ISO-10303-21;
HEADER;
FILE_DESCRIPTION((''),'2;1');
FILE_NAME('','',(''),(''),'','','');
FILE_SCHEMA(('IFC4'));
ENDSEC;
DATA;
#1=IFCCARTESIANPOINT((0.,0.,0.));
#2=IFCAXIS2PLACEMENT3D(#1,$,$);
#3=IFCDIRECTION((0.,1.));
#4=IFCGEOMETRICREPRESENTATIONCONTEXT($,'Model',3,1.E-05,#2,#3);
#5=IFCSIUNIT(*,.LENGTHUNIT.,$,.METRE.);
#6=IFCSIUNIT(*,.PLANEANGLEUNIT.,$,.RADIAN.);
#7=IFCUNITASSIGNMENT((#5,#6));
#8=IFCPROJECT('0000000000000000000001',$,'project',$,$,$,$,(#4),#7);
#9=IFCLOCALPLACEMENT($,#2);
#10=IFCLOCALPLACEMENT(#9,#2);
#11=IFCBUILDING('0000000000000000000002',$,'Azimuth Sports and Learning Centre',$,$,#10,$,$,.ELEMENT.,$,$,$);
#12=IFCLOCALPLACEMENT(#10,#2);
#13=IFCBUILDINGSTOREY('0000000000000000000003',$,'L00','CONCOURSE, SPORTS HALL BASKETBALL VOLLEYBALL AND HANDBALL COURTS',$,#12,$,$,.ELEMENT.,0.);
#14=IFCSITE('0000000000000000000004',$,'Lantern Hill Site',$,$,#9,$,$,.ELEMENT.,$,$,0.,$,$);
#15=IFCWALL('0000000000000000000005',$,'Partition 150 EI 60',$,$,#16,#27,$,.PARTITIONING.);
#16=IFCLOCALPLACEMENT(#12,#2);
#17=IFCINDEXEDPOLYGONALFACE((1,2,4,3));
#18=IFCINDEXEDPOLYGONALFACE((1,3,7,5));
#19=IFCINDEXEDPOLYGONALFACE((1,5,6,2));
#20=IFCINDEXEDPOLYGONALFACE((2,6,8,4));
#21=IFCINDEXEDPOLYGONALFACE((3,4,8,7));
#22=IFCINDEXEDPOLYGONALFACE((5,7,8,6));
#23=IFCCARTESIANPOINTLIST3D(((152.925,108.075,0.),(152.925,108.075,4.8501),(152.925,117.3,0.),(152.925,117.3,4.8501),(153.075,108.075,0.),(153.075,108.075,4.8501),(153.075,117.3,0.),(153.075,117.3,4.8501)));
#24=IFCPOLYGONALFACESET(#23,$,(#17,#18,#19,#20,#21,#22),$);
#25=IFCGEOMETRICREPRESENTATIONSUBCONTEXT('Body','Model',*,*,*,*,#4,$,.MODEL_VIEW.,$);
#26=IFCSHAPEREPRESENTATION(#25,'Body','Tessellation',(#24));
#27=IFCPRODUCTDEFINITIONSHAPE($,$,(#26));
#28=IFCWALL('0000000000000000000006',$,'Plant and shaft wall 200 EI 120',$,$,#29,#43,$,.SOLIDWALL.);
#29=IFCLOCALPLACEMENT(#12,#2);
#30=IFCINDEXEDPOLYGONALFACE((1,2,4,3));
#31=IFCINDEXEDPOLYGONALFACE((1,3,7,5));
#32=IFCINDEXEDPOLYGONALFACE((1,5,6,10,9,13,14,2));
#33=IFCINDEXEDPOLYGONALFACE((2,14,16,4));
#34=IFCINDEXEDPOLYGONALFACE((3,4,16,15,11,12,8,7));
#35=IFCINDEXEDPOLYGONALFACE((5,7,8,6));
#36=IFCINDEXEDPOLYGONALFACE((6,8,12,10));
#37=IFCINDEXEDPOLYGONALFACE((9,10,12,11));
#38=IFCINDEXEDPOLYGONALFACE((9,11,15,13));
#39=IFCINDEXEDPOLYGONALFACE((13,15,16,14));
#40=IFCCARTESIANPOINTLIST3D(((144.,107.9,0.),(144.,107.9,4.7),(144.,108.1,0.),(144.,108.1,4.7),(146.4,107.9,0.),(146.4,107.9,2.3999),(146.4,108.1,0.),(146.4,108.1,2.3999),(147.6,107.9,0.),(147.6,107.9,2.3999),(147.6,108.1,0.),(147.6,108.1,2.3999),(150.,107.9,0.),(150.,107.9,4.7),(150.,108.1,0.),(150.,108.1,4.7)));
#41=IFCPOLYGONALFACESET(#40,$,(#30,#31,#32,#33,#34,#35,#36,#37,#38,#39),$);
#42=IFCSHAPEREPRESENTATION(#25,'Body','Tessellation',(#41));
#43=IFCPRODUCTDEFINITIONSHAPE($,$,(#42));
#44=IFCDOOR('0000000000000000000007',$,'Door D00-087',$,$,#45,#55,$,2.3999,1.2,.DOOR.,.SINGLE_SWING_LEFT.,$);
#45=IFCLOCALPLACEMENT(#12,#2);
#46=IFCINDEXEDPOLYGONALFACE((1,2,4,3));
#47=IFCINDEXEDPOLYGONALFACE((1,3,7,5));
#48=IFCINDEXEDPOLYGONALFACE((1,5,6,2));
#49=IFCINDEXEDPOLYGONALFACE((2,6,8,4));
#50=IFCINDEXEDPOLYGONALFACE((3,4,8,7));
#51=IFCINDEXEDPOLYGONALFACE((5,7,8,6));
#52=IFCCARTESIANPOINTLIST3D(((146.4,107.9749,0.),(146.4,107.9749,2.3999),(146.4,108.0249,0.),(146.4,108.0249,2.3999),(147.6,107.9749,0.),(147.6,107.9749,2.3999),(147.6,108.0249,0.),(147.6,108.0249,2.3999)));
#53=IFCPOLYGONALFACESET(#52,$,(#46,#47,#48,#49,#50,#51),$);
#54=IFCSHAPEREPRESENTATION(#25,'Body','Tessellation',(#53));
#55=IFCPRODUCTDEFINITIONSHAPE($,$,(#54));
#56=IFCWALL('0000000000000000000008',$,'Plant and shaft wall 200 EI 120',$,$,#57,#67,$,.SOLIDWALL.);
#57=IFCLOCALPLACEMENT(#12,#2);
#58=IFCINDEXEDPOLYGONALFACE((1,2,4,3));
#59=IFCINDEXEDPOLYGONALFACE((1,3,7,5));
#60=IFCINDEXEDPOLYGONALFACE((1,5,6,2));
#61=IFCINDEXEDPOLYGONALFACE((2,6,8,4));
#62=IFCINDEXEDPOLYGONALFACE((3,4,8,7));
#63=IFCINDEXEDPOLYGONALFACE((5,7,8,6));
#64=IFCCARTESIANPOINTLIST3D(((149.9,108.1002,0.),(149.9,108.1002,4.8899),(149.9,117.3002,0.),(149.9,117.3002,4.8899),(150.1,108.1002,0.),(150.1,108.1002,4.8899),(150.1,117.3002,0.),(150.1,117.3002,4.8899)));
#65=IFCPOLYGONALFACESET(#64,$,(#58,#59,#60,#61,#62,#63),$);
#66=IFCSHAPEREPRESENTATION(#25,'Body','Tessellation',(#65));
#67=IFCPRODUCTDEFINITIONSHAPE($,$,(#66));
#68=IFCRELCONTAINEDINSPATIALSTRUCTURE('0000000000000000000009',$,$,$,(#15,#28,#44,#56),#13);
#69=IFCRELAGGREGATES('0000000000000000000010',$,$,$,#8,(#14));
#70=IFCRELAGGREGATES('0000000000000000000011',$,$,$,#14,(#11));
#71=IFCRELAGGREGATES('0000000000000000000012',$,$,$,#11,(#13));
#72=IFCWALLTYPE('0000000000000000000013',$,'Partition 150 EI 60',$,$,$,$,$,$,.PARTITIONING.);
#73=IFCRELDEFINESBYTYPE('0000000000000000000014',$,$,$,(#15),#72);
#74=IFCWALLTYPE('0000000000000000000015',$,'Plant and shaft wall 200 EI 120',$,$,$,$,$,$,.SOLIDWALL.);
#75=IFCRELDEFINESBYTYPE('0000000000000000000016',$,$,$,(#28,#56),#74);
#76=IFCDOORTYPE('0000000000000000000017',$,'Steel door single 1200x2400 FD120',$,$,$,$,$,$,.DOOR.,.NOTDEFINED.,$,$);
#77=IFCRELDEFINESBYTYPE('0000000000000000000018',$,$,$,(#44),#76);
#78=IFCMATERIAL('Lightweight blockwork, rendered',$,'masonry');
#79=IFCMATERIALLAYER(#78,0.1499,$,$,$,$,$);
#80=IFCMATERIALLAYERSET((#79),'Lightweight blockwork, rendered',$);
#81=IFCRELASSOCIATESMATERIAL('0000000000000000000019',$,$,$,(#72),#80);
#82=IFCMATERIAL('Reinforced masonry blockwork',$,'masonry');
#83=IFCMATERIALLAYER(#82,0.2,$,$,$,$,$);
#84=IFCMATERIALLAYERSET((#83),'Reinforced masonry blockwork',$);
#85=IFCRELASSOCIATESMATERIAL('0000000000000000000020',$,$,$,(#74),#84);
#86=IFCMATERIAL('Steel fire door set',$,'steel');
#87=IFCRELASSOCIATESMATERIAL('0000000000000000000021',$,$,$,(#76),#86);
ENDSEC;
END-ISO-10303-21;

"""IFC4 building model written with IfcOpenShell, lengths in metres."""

from ifc_helpers import new_model, si_unit, direction, frame, frame_2d, origin, place, context, subcontext, project, spatial, rectangle, extrude, material, layer, layer_set, type_object, element, fill, save


model = new_model("IFC4")

# Units and contexts
model_context = context("Model", 3, precision=1e-05, world=origin(), true_north=direction((0.0, 1.0)))
body_context = subcontext(model_context, "Body", "Model", "MODEL_VIEW")
ifc_project = project(units=[si_unit("LENGTHUNIT", "METRE"), si_unit("PLANEANGLEUNIT", "RADIAN")], contexts=[model_context])

# Site, building, storey
site_placement = place(None, origin())
site = spatial("IfcSite", under=ifc_project, at=site_placement, Name="Lantern Hill Site", CompositionType="ELEMENT", RefElevation=0.0)
building_placement = place(site_placement, origin())
building = spatial("IfcBuilding", under=site, at=building_placement, Name="Azimuth Sports and Learning Centre", CompositionType="ELEMENT")
storey_placement = place(building_placement, origin())
storey = spatial("IfcBuildingStorey", under=building, at=storey_placement, Name="L00", Description="CONCOURSE, SPORTS HALL BASKETBALL VOLLEYBALL AND HANDBALL COURTS", CompositionType="ELEMENT", Elevation=0.0)

# Shared definitions
ifc_material_1 = material(Name="Lightweight blockwork, rendered", Category="masonry")
ifc_layer_1 = layer(ifc_material_1, 0.1499)
ifc_layer_set_1 = layer_set([ifc_layer_1], Name="Lightweight blockwork, rendered")
wall_type_1 = type_object("IfcWallType", Name="Partition 150 EI 60", PredefinedType="PARTITIONING", material=ifc_layer_set_1)

# Wall
wall_1_placement = place(storey_placement, frame((153.0, 108.075, 0.0), z_axis=(0.0, 0.0, 1.0), x_axis=(0.0, 1.0, 0.0)))
element("IfcWall", 1, at=wall_1_placement, inside=storey, type_object=wall_type_1, Name="Partition 150 EI 60", PredefinedType="PARTITIONING", context=body_context, shape_type="SweptSolid", body=[
    extrude(rectangle(XDim=9.2251, YDim=0.1499, at=frame_2d((4.6125, 0.0))), origin(), (0.0, 0.0, 1.0), 4.8501),
])

# Wall, opening, door
ifc_material_2 = material(Name="Reinforced masonry blockwork", Category="masonry")
ifc_layer_2 = layer(ifc_material_2, 0.2)
ifc_layer_set_2 = layer_set([ifc_layer_2], Name="Reinforced masonry blockwork")
wall_type_2 = type_object("IfcWallType", Name="Plant and shaft wall 200 EI 120", PredefinedType="SOLIDWALL", material=ifc_layer_set_2)
wall_2_placement = place(storey_placement, frame((144.0, 108.0, 0.0), z_axis=(0.0, 0.0, 1.0), x_axis=(1.0, 0.0, 0.0)))
wall_2 = element("IfcWall", 2, at=wall_2_placement, inside=storey, type_object=wall_type_2, Name="Plant and shaft wall 200 EI 120", PredefinedType="SOLIDWALL", context=body_context, shape_type="SweptSolid", body=[
    extrude(rectangle(XDim=6.0, YDim=0.2, at=frame_2d((3.0, 0.0))), origin(), (0.0, 0.0, 1.0), 4.7),
])
opening_1_placement = place(wall_2_placement, frame((2.3999, 0.0, 0.0)))
opening_1 = element("IfcOpeningElement", 3, at=opening_1_placement, cuts=wall_2, PredefinedType="OPENING", context=body_context, shape_type="SweptSolid", body=[
    extrude(rectangle(XDim=1.2, YDim=2.3999, at=frame_2d((0.6001, 1.2))), frame((0.0, 0.1108, 0.0), z_axis=(0.0, -1.0, 0.0), x_axis=(1.0, 0.0, 0.0)), (0.0, 0.0, 1.0), 0.2219),
])
ifc_material_3 = material(Name="Steel fire door set", Category="steel")
door_type_1 = type_object("IfcDoorType", Name="Steel door single 1200x2400 FD120", OperationType="NOTDEFINED", PredefinedType="DOOR", material=ifc_material_3)
door_1_placement = place(opening_1_placement, origin())
door_1 = element("IfcDoor", 4, at=door_1_placement, inside=storey, type_object=door_type_1, Name="Door D00-087", OperationType="SINGLE_SWING_LEFT", OverallHeight=2.3999, OverallWidth=1.2, PredefinedType="DOOR", context=body_context, shape_type="SweptSolid", body=[
    extrude(rectangle(XDim=1.2, YDim=2.3999, at=frame_2d((0.6001, 1.2))), frame((0.0, 0.0249, 0.0), z_axis=(0.0, -1.0, 0.0), x_axis=(1.0, 0.0, 0.0)), (0.0, 0.0, 1.0), 0.05),
])
fill(opening_1, door_1)

# Wall
wall_3_placement = place(storey_placement, frame((150.0, 108.1001, 0.0), z_axis=(0.0, 0.0, 1.0), x_axis=(0.0, 1.0, 0.0)))
element("IfcWall", 5, at=wall_3_placement, inside=storey, type_object=wall_type_2, Name="Plant and shaft wall 200 EI 120", PredefinedType="SOLIDWALL", context=body_context, shape_type="SweptSolid", body=[
    extrude(rectangle(XDim=9.2, YDim=0.2, at=frame_2d((4.6001, 0.0))), origin(), (0.0, 0.0, 1.0), 4.8899),
])

save(model, "model.ifc")
